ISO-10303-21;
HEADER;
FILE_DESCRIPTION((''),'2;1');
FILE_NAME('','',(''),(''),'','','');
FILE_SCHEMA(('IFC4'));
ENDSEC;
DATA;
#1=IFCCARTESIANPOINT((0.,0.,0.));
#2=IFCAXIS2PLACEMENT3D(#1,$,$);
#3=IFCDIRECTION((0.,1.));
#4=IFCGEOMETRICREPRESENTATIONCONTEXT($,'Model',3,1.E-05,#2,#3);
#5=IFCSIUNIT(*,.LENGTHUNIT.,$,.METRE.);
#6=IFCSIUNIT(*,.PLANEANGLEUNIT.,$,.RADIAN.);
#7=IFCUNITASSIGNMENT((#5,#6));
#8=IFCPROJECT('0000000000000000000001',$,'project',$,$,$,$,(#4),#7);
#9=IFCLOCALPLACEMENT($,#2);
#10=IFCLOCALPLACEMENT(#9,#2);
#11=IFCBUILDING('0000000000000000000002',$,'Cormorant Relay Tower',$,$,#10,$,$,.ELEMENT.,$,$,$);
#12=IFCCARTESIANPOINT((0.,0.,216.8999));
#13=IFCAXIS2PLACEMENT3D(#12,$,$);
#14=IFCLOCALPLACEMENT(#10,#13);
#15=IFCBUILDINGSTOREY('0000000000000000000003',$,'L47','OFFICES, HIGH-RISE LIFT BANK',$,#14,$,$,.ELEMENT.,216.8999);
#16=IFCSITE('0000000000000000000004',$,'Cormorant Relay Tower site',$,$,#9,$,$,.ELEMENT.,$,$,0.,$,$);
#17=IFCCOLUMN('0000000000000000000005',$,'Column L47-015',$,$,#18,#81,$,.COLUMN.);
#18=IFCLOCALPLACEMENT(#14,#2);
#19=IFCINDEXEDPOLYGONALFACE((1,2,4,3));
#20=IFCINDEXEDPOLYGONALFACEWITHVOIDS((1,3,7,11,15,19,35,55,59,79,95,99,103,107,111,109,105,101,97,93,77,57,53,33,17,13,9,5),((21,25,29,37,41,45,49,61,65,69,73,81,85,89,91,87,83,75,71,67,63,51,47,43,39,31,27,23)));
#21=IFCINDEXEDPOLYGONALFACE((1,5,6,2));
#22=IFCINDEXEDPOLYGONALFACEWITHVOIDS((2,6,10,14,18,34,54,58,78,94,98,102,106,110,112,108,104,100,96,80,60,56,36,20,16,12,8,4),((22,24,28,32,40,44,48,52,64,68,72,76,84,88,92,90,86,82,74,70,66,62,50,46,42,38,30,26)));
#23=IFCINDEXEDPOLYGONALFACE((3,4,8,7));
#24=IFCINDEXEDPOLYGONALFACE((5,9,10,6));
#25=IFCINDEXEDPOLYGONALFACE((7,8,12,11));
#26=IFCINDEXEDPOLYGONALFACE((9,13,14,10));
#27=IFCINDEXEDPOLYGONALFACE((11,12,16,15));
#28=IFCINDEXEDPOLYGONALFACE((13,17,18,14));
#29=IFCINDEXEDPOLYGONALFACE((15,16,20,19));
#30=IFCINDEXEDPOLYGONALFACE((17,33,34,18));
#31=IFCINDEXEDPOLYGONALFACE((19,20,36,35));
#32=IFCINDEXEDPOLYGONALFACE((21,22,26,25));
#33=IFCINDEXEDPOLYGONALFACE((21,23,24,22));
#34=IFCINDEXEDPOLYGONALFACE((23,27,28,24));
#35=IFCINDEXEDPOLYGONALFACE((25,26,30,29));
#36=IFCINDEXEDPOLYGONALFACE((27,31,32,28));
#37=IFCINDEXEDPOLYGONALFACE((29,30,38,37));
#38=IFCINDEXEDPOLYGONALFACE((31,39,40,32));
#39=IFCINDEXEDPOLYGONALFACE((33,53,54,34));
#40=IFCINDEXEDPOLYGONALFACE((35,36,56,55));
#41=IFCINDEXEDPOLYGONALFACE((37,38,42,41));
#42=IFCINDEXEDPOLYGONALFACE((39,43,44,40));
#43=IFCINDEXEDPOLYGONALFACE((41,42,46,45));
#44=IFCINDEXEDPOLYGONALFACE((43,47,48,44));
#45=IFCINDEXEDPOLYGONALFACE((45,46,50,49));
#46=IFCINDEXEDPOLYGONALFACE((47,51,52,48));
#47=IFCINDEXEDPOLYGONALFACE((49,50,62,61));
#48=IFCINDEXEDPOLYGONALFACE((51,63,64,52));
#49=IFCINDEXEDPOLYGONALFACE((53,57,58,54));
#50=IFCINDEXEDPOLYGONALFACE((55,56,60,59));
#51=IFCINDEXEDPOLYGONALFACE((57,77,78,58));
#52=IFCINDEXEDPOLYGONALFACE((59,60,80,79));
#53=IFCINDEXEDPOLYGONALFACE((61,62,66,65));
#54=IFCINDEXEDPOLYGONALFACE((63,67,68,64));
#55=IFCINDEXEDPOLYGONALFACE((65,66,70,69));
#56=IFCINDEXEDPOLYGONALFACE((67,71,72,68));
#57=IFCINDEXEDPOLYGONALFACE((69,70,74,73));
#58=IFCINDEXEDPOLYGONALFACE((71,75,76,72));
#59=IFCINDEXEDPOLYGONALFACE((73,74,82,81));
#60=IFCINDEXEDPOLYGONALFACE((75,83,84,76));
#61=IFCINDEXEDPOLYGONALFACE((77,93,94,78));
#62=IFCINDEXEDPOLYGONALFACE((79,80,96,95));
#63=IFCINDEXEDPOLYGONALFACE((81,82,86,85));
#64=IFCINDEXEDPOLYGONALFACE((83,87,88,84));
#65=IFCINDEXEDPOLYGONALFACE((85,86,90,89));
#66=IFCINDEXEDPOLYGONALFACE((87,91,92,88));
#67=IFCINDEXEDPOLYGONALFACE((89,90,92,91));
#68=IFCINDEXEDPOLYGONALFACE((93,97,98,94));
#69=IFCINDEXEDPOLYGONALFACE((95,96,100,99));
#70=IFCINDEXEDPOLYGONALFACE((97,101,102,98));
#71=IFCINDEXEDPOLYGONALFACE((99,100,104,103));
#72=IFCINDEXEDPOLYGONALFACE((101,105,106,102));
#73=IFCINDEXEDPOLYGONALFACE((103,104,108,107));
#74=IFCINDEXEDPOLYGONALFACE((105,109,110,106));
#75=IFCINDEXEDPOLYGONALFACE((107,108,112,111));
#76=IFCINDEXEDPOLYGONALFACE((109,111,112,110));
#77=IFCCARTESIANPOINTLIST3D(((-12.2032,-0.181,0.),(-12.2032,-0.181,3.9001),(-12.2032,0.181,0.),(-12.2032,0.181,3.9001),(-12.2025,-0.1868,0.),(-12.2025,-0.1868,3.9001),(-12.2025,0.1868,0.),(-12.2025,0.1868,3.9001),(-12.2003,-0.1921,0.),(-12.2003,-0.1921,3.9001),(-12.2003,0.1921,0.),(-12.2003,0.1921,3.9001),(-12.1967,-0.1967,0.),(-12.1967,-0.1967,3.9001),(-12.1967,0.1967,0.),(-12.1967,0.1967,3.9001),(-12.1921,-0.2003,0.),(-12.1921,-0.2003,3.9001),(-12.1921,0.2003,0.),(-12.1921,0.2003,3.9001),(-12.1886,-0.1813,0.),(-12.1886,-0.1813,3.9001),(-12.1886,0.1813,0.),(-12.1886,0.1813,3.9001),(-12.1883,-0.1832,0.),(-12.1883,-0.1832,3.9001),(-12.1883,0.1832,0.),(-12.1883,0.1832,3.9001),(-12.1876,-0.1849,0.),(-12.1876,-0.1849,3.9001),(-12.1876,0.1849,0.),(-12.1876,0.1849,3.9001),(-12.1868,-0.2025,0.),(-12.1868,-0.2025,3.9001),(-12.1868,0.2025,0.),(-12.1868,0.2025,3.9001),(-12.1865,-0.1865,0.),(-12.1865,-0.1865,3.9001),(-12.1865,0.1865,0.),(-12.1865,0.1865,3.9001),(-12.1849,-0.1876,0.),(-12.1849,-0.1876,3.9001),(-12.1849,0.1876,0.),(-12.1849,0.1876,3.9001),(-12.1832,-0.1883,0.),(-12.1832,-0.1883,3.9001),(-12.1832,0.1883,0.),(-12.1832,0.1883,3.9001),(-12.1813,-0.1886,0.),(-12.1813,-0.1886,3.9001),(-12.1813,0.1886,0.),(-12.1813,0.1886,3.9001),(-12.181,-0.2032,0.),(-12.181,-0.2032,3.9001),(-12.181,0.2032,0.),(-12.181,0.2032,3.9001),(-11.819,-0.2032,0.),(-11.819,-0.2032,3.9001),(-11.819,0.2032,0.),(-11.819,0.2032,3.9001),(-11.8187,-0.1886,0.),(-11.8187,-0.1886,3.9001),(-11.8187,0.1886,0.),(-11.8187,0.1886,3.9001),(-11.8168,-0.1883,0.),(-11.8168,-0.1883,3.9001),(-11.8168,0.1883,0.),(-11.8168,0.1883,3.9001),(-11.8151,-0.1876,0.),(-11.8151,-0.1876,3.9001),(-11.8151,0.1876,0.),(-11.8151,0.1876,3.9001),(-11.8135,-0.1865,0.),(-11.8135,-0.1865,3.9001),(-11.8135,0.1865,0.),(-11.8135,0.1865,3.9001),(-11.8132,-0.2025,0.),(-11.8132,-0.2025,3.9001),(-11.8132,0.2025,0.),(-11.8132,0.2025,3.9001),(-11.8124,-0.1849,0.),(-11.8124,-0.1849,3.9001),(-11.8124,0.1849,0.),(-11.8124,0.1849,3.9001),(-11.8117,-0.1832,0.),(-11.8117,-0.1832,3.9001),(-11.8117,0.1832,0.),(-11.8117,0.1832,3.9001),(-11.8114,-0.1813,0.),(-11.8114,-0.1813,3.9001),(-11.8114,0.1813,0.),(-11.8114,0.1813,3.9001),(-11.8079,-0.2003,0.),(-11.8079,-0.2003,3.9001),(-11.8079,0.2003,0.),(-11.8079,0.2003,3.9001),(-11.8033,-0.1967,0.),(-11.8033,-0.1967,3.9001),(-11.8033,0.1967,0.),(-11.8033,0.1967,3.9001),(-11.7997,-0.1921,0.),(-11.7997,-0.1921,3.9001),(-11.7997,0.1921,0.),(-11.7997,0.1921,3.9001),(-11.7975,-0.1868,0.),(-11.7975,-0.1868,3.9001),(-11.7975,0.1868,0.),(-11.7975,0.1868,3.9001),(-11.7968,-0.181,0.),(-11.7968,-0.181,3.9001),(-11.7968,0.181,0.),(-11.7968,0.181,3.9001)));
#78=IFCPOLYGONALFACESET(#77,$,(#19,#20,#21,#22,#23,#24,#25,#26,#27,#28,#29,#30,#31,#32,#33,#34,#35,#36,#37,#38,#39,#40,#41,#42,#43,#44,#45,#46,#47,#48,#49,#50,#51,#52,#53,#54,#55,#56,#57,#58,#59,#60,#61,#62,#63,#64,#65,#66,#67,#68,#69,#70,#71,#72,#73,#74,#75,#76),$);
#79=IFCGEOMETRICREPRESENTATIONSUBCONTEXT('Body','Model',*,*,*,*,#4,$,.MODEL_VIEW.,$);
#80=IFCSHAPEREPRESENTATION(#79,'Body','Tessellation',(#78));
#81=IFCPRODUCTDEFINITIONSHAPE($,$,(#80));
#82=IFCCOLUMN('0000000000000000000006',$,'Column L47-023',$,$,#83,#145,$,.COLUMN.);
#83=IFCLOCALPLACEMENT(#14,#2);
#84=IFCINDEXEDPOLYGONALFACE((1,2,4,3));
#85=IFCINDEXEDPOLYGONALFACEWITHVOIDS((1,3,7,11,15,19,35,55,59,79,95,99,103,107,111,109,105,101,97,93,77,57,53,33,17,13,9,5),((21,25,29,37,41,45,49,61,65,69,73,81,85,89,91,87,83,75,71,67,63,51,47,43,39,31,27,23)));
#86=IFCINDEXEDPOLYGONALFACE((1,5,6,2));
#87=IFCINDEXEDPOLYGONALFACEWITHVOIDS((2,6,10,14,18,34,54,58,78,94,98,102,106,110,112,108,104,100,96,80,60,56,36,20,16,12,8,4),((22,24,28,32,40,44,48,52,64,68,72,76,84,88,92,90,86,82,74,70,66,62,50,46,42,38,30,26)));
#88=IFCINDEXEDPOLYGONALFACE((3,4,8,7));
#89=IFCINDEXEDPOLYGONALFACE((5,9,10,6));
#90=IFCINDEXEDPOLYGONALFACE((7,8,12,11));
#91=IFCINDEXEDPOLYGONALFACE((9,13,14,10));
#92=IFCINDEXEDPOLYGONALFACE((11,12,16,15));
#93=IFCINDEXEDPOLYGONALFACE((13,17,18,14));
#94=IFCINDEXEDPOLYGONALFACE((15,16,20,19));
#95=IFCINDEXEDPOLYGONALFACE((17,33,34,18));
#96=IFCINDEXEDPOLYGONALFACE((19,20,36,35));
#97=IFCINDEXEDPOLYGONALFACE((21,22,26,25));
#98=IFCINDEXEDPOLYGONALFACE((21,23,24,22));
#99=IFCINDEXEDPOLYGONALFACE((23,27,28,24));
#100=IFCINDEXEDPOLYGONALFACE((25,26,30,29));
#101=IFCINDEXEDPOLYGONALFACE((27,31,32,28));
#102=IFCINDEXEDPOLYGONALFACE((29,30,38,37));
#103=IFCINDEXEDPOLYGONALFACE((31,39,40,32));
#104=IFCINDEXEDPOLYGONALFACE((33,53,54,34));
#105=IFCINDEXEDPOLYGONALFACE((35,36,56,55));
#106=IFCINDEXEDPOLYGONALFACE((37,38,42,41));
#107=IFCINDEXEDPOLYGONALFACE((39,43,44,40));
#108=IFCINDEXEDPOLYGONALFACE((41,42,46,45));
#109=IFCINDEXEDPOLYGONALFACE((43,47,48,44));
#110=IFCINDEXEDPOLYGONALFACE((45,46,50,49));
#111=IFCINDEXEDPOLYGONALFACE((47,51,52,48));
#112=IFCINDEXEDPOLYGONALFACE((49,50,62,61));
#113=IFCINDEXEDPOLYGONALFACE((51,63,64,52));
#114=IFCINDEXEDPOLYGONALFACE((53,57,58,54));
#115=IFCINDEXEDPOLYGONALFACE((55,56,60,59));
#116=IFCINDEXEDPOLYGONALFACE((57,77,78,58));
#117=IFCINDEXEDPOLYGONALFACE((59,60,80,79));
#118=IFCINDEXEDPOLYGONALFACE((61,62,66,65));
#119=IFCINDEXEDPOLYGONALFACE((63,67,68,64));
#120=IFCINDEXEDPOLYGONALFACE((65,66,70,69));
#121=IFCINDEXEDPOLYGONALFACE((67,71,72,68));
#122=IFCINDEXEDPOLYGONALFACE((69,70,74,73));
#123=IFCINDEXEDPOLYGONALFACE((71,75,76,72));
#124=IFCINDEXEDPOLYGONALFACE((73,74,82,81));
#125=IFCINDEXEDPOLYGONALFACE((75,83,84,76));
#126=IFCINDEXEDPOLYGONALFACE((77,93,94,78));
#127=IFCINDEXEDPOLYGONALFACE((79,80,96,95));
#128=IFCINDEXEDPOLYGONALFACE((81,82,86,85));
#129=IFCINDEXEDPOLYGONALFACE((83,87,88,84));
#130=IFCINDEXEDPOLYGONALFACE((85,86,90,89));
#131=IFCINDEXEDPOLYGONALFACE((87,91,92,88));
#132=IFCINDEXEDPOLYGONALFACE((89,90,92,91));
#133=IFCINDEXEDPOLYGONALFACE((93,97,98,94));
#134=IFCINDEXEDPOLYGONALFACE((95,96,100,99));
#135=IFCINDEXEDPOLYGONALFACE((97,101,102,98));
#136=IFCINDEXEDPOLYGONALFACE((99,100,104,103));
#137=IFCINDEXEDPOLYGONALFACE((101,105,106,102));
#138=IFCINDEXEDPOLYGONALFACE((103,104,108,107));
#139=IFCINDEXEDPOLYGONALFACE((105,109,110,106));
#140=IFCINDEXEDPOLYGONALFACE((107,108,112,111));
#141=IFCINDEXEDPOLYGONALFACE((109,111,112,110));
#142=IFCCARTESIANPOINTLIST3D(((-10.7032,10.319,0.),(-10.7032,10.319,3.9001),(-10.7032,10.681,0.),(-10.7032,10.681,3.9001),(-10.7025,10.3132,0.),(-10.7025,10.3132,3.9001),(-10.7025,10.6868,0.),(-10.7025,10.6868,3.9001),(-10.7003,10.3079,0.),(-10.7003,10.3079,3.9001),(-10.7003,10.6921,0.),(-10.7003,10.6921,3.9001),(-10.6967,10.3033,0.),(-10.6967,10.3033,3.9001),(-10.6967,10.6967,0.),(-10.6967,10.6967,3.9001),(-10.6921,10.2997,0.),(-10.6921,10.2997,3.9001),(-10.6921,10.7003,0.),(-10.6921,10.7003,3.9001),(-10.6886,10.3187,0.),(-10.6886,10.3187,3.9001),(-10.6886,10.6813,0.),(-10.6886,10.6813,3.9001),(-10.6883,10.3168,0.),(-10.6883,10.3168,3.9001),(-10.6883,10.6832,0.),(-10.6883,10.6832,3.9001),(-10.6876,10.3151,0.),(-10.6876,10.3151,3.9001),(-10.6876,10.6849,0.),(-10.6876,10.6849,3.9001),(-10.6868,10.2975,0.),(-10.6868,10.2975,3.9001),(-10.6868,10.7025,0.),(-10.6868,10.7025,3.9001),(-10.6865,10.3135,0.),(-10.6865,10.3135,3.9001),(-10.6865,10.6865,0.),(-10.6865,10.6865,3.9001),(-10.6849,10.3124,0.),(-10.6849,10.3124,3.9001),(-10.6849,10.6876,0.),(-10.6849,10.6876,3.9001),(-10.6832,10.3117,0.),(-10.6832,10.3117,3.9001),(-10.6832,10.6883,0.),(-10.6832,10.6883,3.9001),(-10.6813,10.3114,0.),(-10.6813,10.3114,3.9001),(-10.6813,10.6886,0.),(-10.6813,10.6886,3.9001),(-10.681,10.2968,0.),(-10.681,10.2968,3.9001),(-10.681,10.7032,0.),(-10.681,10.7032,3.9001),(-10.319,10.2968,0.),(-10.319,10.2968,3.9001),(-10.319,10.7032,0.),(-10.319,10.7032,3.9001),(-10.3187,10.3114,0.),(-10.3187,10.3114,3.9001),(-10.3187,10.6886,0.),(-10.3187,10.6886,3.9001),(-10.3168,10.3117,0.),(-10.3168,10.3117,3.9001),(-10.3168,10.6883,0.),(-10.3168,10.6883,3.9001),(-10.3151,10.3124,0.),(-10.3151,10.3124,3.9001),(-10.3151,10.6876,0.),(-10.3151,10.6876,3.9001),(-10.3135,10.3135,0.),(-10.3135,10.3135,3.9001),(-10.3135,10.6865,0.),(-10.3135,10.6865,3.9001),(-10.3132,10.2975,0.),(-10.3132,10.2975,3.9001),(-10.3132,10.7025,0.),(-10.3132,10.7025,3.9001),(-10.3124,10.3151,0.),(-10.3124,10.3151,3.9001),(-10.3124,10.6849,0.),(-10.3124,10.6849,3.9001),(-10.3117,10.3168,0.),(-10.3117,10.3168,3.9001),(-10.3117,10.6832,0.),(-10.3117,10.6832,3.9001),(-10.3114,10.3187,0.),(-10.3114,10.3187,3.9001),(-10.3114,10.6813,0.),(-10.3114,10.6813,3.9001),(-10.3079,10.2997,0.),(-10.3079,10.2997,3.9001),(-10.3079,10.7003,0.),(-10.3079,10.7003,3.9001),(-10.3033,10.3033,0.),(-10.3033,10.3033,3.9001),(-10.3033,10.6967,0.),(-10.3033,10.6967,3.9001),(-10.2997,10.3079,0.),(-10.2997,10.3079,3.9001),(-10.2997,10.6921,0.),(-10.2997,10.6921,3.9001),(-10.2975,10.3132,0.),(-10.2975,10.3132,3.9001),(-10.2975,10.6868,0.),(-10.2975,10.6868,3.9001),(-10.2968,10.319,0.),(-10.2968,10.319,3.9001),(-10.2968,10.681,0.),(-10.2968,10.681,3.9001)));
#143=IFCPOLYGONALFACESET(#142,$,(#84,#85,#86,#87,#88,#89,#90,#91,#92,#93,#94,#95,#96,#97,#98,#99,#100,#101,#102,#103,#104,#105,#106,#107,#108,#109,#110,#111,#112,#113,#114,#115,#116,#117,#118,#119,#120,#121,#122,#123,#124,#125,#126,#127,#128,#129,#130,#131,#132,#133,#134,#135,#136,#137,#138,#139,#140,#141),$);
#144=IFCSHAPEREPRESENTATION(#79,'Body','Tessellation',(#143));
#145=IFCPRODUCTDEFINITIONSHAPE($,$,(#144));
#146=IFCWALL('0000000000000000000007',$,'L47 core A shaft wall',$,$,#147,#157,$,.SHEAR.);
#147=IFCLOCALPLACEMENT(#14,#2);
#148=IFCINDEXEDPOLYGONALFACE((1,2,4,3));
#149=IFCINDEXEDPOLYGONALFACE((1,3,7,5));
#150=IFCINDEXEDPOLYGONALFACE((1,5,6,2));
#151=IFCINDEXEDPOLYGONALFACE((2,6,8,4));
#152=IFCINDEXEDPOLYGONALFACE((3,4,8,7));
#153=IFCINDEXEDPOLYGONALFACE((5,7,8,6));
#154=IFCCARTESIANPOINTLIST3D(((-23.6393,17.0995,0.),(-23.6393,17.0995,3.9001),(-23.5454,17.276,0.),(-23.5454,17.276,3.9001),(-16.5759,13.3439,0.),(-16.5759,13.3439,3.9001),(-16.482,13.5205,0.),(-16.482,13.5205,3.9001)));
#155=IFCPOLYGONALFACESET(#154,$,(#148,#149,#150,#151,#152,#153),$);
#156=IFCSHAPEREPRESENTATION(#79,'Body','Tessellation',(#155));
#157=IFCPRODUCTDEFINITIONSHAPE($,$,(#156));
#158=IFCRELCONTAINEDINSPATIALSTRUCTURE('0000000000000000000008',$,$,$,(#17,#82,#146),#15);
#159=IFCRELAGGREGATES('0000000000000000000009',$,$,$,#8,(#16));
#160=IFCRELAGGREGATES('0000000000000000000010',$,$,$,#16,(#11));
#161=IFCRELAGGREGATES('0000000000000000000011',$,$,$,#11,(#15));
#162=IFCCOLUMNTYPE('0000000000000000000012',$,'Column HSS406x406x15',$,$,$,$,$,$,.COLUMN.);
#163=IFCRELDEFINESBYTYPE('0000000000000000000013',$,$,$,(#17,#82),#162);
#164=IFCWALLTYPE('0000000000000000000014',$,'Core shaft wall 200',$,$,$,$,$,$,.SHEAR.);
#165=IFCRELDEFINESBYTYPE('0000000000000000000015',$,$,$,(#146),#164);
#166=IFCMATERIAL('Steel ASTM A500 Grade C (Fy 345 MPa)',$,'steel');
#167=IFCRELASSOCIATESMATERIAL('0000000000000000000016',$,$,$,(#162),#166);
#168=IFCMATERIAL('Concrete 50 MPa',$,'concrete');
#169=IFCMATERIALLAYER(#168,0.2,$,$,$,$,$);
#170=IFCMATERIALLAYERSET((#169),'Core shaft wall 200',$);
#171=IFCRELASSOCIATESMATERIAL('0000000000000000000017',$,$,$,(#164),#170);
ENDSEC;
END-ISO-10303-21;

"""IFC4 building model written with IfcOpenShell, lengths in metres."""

from ifc_helpers import new_model, si_unit, direction, frame, frame_2d, origin, origin_2d, place, context, subcontext, project, spatial, rectangle, hollow_rectangle, extrude, material, layer, layer_set, material_profile, profile_set, type_object, element, save


model = new_model("IFC4")

# Units and contexts
model_context = context("Model", 3, precision=1e-05, world=origin(), true_north=direction((0.0, 1.0)))
body_context = subcontext(model_context, "Body", "Model", "MODEL_VIEW")
ifc_project = project(units=[si_unit("LENGTHUNIT", "METRE"), si_unit("PLANEANGLEUNIT", "RADIAN")], contexts=[model_context])

# Site, building, storey
site_placement = place(None, origin())
site = spatial("IfcSite", under=ifc_project, at=site_placement, Name="Cormorant Relay Tower site", CompositionType="ELEMENT", RefElevation=0.0)
building_placement = place(site_placement, origin())
building = spatial("IfcBuilding", under=site, at=building_placement, Name="Cormorant Relay Tower", CompositionType="ELEMENT")
storey_placement = place(building_placement, frame((0.0, 0.0, 216.8999)))
storey = spatial("IfcBuildingStorey", under=building, at=storey_placement, Name="L47", Description="OFFICES, HIGH-RISE LIFT BANK", CompositionType="ELEMENT", Elevation=216.8999)

# Columns
ifc_material_1 = material(Name="Steel ASTM A500 Grade C (Fy 345 MPa)", Category="steel")
ifc_material_profile = material_profile(ifc_material_1, hollow_rectangle(XDim=0.4065, YDim=0.4065, WallThickness=0.0146, InnerFilletRadius=0.0073, OuterFilletRadius=0.0222, at=origin_2d()), Name="HSS406x406x15")
ifc_profile_set = profile_set([ifc_material_profile], Name="Steel ASTM A500 Grade C (Fy 345 MPa)")
column_type = type_object("IfcColumnType", Name="Column HSS406x406x15", PredefinedType="COLUMN", material=ifc_profile_set)
for number, where, z_axis, x_axis, name in (
    (1, (-12.0, 0.0, 0.0), (0.0, 0.0, 1.0), (1.0, 0.0, 0.0), "Column L47-015"),
    (2, (-10.5, 10.5, 0.0), (0.0, 0.0, 1.0), (1.0, 0.0, 0.0), "Column L47-023"),
):
    element("IfcColumn", number, at=place(storey_placement, frame(where, z_axis=z_axis, x_axis=x_axis)), inside=storey, type_object=column_type, Name=name, PredefinedType="COLUMN", context=body_context, shape_type="SweptSolid", body=[
        extrude(hollow_rectangle(XDim=0.4065, YDim=0.4065, WallThickness=0.0146, InnerFilletRadius=0.0073, OuterFilletRadius=0.0222, at=origin_2d()), origin(), (0.0, 0.0, 1.0), 3.9001),
    ])

# Wall
ifc_material_2 = material(Name="Concrete 50 MPa", Category="concrete")
ifc_layer_1 = layer(ifc_material_2, 0.2)
ifc_layer_set_1 = layer_set([ifc_layer_1], Name="Core shaft wall 200")
wall_type_1 = type_object("IfcWallType", Name="Core shaft wall 200", PredefinedType="SHEAR", material=ifc_layer_set_1)
wall_1_placement = place(storey_placement, frame((-16.5288, 13.4321, 0.0), z_axis=(0.0, 0.0, 1.0), x_axis=(-0.882953, 0.469462, 0.0)))
element("IfcWall", 3, at=wall_1_placement, inside=storey, type_object=wall_type_1, Name="L47 core A shaft wall", PredefinedType="SHEAR", context=body_context, shape_type="SweptSolid", body=[
    extrude(rectangle(XDim=7.9998, YDim=0.2, at=frame_2d((4.0, 0.0))), origin(), (0.0, 0.0, 1.0), 3.9001),
])

save(model, "model.ifc")
